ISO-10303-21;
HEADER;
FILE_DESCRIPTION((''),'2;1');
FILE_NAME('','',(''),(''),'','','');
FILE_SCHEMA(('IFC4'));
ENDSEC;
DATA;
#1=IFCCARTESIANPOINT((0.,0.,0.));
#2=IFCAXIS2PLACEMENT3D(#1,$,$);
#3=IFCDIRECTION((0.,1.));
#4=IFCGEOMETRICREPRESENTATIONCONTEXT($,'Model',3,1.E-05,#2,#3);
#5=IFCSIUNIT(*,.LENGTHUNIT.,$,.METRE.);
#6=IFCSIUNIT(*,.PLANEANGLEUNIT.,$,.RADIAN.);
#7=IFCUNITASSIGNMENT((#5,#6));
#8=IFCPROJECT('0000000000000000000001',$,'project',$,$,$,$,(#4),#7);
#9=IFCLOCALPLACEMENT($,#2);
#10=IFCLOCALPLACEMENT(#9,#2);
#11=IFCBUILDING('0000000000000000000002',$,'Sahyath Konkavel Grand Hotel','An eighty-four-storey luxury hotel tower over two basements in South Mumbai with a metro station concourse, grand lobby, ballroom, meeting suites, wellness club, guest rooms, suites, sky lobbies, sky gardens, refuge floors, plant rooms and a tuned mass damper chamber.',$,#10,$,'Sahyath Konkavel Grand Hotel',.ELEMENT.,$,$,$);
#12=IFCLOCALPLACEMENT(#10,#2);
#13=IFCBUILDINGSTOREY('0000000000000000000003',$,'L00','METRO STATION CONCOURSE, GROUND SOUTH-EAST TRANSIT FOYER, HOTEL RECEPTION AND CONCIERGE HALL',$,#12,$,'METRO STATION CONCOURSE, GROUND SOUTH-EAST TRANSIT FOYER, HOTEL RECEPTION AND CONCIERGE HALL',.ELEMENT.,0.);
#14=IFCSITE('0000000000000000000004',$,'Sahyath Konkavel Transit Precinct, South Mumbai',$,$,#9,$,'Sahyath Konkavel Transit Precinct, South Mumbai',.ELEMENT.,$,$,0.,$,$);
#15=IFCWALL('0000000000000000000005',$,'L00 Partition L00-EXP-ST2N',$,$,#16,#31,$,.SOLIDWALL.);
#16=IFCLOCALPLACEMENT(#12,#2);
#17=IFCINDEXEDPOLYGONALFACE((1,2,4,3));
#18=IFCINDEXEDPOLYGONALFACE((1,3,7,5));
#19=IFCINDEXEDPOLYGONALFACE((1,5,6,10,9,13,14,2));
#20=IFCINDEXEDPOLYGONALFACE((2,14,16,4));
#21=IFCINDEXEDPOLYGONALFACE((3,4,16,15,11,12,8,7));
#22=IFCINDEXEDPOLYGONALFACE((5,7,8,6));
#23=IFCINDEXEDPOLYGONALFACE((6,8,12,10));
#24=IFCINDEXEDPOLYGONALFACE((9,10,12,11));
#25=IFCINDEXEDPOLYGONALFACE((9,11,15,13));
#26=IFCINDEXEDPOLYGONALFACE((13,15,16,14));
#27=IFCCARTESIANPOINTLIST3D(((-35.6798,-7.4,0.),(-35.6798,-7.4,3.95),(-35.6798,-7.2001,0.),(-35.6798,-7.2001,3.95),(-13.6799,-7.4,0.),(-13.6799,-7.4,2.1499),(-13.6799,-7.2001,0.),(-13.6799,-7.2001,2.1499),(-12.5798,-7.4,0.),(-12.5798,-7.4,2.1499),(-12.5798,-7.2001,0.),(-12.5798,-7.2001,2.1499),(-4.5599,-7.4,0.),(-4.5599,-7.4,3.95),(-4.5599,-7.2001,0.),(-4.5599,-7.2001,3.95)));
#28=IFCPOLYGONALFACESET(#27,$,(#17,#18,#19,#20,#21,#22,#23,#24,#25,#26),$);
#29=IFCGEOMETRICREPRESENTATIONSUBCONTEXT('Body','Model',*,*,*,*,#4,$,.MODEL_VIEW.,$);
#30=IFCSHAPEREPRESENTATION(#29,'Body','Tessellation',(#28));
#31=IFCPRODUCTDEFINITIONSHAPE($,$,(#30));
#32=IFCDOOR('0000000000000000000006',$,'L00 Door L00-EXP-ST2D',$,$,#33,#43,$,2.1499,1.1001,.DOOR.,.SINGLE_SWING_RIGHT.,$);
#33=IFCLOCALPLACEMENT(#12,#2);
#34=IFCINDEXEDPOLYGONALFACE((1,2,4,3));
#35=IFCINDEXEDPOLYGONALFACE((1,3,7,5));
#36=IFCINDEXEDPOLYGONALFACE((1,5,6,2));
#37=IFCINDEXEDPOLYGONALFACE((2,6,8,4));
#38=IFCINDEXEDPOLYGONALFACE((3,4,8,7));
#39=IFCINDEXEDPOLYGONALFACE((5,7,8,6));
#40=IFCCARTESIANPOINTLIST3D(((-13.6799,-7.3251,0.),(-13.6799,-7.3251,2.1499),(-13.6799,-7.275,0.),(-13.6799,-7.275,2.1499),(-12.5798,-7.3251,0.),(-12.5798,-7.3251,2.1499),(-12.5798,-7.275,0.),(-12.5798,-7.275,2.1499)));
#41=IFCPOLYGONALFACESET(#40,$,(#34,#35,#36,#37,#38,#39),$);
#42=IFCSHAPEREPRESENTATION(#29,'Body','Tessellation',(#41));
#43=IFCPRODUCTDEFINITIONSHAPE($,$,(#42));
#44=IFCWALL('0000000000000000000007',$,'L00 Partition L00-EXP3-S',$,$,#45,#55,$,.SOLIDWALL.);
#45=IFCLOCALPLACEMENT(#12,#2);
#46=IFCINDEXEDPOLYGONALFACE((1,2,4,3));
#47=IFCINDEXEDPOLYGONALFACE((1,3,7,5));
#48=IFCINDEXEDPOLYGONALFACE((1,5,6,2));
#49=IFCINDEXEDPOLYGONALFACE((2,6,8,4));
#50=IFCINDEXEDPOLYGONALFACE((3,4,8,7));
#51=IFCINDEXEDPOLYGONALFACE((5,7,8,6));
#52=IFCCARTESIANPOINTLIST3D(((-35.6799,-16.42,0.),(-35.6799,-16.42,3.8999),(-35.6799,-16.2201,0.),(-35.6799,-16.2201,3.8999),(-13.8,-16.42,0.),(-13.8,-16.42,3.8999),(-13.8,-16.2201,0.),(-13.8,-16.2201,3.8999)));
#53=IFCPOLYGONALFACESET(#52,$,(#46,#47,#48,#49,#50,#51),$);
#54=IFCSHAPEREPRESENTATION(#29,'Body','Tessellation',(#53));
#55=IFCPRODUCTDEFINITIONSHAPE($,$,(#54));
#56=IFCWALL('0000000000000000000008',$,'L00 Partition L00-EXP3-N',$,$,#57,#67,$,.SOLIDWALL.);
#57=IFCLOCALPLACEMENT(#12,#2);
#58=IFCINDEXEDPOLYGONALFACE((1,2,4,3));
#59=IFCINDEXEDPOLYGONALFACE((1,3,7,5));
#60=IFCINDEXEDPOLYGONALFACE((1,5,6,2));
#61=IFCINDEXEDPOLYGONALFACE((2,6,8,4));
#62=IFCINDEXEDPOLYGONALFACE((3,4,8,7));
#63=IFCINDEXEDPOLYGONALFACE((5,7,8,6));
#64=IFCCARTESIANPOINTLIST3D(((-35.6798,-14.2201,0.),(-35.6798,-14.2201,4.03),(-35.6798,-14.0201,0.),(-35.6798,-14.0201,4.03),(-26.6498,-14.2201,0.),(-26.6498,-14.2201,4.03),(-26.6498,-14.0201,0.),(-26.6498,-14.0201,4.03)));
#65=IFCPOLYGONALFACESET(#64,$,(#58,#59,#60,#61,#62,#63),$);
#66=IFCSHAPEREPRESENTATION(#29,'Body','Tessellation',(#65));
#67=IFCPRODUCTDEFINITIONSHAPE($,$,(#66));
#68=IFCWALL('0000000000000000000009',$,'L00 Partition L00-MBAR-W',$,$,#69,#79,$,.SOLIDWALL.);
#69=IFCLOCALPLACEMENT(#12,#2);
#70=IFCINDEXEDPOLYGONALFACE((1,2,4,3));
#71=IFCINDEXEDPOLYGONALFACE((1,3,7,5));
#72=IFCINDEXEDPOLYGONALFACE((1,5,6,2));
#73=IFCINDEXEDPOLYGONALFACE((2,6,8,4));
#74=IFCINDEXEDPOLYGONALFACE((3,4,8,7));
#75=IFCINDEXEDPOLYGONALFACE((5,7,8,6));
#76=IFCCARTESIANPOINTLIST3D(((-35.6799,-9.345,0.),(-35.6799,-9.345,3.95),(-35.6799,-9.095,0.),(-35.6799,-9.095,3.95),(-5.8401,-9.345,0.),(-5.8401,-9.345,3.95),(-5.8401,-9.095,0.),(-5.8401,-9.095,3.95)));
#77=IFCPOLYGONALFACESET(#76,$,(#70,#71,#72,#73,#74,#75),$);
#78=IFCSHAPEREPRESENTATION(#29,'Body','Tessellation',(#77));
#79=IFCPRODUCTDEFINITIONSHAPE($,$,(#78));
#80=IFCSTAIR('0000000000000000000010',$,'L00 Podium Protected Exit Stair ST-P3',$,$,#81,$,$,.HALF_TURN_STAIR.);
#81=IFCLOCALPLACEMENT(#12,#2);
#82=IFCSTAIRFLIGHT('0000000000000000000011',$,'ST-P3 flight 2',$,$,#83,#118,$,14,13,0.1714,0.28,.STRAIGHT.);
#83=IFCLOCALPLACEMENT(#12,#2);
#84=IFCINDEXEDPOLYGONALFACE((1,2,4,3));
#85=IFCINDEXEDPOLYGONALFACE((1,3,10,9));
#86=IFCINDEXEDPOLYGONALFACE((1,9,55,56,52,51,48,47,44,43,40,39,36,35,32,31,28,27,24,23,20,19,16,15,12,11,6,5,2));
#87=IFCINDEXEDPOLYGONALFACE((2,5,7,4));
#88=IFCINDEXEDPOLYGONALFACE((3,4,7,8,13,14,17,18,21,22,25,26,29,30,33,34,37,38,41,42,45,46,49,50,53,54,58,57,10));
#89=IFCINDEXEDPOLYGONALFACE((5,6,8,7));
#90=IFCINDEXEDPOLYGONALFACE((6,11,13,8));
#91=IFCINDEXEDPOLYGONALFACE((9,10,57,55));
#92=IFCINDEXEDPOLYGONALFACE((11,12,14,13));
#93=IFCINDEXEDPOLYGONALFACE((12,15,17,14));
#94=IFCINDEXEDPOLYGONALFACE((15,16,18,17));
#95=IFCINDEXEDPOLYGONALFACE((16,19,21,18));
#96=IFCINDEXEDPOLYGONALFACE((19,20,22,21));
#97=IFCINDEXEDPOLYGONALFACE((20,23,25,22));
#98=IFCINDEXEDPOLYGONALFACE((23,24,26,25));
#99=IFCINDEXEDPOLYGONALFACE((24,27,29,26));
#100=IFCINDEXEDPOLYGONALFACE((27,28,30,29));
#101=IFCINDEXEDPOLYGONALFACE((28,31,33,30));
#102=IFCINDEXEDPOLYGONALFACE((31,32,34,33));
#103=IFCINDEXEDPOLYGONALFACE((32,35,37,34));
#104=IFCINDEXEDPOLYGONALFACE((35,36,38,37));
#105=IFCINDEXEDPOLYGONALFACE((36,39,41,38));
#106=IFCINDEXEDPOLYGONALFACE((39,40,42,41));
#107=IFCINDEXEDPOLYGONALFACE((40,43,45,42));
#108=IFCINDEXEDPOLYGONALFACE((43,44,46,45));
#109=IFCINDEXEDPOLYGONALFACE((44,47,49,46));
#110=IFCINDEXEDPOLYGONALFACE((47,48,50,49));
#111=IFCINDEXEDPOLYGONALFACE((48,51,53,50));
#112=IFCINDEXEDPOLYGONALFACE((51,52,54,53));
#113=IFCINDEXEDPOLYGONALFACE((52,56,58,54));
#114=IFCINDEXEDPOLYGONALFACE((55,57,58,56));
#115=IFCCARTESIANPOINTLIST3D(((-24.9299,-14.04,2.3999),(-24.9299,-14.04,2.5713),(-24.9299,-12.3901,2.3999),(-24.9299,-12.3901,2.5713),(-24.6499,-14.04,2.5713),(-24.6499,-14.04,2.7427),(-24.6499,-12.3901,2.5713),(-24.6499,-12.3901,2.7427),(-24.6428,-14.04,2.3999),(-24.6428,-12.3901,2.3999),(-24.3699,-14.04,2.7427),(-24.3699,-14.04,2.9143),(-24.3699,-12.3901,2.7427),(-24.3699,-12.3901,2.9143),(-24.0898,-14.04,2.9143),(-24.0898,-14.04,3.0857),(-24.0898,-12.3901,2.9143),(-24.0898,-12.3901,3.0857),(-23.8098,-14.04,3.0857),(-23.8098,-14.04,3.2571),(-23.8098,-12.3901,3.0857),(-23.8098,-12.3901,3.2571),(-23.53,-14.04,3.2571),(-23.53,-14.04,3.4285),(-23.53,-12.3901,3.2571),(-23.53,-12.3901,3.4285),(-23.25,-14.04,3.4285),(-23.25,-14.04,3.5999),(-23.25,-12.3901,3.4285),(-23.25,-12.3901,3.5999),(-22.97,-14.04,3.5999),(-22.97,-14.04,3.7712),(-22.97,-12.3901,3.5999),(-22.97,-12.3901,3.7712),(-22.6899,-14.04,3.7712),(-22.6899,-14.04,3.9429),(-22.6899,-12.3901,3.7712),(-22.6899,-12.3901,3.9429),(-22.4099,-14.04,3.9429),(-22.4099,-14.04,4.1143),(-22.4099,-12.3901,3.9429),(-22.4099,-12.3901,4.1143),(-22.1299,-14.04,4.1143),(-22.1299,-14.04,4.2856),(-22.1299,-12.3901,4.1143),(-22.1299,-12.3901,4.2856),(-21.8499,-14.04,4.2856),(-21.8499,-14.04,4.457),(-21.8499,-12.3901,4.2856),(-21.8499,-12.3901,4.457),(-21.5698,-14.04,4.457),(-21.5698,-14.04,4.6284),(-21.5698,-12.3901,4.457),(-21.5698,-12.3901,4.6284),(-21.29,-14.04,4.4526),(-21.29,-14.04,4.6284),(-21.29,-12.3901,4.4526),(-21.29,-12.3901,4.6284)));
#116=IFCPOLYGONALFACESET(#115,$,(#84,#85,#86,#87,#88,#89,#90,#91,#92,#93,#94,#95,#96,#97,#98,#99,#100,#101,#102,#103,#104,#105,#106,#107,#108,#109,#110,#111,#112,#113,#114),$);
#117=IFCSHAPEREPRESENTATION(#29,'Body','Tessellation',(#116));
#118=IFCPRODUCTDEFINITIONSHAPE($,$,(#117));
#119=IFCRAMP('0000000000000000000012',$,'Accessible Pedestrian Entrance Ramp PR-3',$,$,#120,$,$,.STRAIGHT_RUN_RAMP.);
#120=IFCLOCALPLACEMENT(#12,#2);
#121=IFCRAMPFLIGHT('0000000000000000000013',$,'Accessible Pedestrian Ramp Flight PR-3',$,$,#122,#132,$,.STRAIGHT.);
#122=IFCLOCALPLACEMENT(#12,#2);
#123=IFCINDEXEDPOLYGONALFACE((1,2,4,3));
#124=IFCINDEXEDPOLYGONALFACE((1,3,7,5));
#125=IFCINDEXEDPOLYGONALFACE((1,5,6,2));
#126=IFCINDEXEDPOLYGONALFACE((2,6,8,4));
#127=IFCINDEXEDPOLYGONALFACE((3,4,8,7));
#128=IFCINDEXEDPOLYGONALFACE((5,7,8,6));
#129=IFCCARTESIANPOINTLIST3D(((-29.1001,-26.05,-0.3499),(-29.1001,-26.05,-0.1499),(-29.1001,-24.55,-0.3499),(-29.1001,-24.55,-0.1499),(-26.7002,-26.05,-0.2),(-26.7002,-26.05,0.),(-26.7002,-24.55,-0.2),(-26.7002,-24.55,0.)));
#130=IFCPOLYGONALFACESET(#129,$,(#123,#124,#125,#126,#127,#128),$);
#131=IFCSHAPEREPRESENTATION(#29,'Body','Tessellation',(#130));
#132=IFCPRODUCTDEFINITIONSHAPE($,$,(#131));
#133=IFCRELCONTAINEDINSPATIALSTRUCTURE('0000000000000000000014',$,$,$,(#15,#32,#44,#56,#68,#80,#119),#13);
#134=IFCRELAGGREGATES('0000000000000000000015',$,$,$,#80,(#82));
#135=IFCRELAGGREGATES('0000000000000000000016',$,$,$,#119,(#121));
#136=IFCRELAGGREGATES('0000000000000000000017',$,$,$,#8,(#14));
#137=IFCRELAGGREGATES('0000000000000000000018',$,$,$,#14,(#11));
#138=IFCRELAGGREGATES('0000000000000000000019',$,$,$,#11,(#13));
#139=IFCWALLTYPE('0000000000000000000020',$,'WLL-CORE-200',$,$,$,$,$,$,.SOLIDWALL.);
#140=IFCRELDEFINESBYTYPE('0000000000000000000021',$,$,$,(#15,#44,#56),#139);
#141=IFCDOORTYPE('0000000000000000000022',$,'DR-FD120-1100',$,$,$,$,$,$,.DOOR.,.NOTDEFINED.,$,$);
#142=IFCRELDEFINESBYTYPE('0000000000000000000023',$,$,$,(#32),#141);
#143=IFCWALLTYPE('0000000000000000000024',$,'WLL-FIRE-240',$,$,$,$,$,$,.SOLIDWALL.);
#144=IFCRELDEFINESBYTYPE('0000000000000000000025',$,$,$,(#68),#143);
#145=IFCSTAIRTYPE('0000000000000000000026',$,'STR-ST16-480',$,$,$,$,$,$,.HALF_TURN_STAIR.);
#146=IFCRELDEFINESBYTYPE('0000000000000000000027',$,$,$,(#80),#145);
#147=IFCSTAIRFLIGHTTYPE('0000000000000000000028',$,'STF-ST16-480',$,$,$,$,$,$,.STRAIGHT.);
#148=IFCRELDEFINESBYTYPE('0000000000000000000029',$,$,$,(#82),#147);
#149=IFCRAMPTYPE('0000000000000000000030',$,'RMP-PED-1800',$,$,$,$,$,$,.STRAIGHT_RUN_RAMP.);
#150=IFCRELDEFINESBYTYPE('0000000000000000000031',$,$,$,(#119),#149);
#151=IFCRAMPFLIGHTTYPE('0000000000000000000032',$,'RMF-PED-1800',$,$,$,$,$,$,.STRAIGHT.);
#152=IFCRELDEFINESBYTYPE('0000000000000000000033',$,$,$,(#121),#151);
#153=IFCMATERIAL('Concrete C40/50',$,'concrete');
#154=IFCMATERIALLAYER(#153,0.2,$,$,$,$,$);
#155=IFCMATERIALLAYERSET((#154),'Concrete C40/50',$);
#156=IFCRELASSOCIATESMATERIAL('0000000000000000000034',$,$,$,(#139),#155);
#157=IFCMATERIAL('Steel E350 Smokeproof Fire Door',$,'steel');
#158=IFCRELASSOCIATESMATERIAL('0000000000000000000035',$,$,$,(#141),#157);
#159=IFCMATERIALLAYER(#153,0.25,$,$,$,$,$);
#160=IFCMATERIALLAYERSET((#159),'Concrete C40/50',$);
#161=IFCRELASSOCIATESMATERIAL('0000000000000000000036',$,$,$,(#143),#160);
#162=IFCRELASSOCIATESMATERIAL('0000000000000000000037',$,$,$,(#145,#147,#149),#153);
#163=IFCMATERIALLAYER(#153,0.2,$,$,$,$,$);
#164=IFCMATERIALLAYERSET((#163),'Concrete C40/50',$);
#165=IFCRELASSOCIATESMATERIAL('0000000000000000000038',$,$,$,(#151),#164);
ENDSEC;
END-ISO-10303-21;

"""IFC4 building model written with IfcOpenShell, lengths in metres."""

from ifc_helpers import new_model, si_unit, direction, frame, frame_2d, origin, origin_2d, place, context, subcontext, project, spatial, polyline, rectangle, outline, extrude, source, transform, mapped, material, layer, layer_set, type_object, element, fill, aggregate, save


model = new_model("IFC4")

# Units and contexts
model_context = context("Model", 3, precision=1e-05, world=origin(), true_north=direction((0.0, 1.0)))
body_context = subcontext(model_context, "Body", "Model", "MODEL_VIEW")
ifc_project = project(units=[si_unit("LENGTHUNIT", "METRE"), si_unit("PLANEANGLEUNIT", "RADIAN")], contexts=[model_context])

# Site, building, storey
site_placement = place(None, origin())
site = spatial("IfcSite", under=ifc_project, at=site_placement, Name="Sahyath Konkavel Transit Precinct, South Mumbai", LongName="Sahyath Konkavel Transit Precinct, South Mumbai", CompositionType="ELEMENT", RefElevation=0.0)
building_placement = place(site_placement, origin())
building = spatial("IfcBuilding", under=site, at=building_placement, Name="Sahyath Konkavel Grand Hotel", Description="An eighty-four-storey luxury hotel tower over two basements in South Mumbai with a metro station concourse, grand lobby, ballroom, meeting suites, wellness club, guest rooms, suites, sky lobbies, sky gardens, refuge floors, plant rooms and a tuned mass damper chamber.", LongName="Sahyath Konkavel Grand Hotel", CompositionType="ELEMENT")
storey_placement = place(building_placement, origin())
storey = spatial("IfcBuildingStorey", under=building, at=storey_placement, Name="L00", Description="METRO STATION CONCOURSE, GROUND SOUTH-EAST TRANSIT FOYER, HOTEL RECEPTION AND CONCIERGE HALL", LongName="METRO STATION CONCOURSE, GROUND SOUTH-EAST TRANSIT FOYER, HOTEL RECEPTION AND CONCIERGE HALL", CompositionType="ELEMENT", Elevation=0.0)

# Shared definitions
ifc_material_1 = material(Name="Concrete C40/50", Category="concrete")

# Wall, opening, door
ifc_layer_1 = layer(ifc_material_1, 0.2)
ifc_layer_set_1 = layer_set([ifc_layer_1], Name="Concrete C40/50")
wall_type_1 = type_object("IfcWallType", Name="WLL-CORE-200", PredefinedType="SOLIDWALL", material=ifc_layer_set_1)
wall_1_placement = place(storey_placement, frame((-35.6799, -7.3, 0.0), z_axis=(0.0, 0.0, 1.0), x_axis=(1.0, 0.0, 0.0)))
wall_1 = element("IfcWall", 1, at=wall_1_placement, inside=storey, type_object=wall_type_1, Name="L00 Partition L00-EXP-ST2N", PredefinedType="SOLIDWALL", context=body_context, shape_type="SweptSolid", body=[
    extrude(rectangle(XDim=31.1199, YDim=0.2, at=frame_2d((15.5601, 0.0))), origin(), (0.0, 0.0, 1.0), 3.95),
])
opening_1_placement = place(wall_1_placement, frame((22.0, 0.0, 0.0)))
opening_1 = element("IfcOpeningElement", 2, at=opening_1_placement, cuts=wall_1, PredefinedType="OPENING", context=body_context, shape_type="SweptSolid", body=[
    extrude(rectangle(XDim=1.1001, YDim=2.1499, at=frame_2d((0.55, 1.075))), frame((0.0, 0.1099, 0.0), z_axis=(0.0, -1.0, 0.0), x_axis=(1.0, 0.0, 0.0)), (0.0, 0.0, 1.0), 0.22),
])
ifc_material_2 = material(Name="Steel E350 Smokeproof Fire Door", Category="steel")
door_type_1 = type_object("IfcDoorType", Name="DR-FD120-1100", OperationType="NOTDEFINED", PredefinedType="DOOR", material=ifc_material_2)
shared_shape_1 = source(origin(), body_context, "Body", "SweptSolid", [
    extrude(rectangle(XDim=1.1001, YDim=0.05, at=origin_2d()), origin(), (0.0, 0.0, 1.0), 2.1499),
])
door_1_placement = place(opening_1_placement, frame((0.55, 0.0, 0.0)))
door_1 = element("IfcDoor", 3, at=door_1_placement, inside=storey, type_object=door_type_1, Name="L00 Door L00-EXP-ST2D", OperationType="SINGLE_SWING_RIGHT", OverallHeight=2.1499, OverallWidth=1.1001, PredefinedType="DOOR", context=body_context, shape_type="MappedRepresentation", body=[
    mapped(shared_shape_1, transform((0.0, 0.0, 0.0), scale=1.0)),
])
fill(opening_1, door_1)

# Walls
wall_2_placement = place(storey_placement, frame((-35.6799, -16.3201, 0.0), z_axis=(0.0, 0.0, 1.0), x_axis=(1.0, 0.0, 0.0)))
element("IfcWall", 4, at=wall_2_placement, inside=storey, type_object=wall_type_1, Name="L00 Partition L00-EXP3-S", PredefinedType="SOLIDWALL", context=body_context, shape_type="SweptSolid", body=[
    extrude(rectangle(XDim=21.8799, YDim=0.2, at=frame_2d((10.9399, 0.0))), origin(), (0.0, 0.0, 1.0), 3.8999),
])
wall_3_placement = place(storey_placement, frame((-35.6799, -14.1201, 0.0), z_axis=(0.0, 0.0, 1.0), x_axis=(1.0, 0.0, 0.0)))
element("IfcWall", 5, at=wall_3_placement, inside=storey, type_object=wall_type_1, Name="L00 Partition L00-EXP3-N", PredefinedType="SOLIDWALL", context=body_context, shape_type="SweptSolid", body=[
    extrude(rectangle(XDim=9.03, YDim=0.2, at=frame_2d((4.5151, 0.0))), origin(), (0.0, 0.0, 1.0), 4.03),
])
ifc_layer_2 = layer(ifc_material_1, 0.25)
ifc_layer_set_2 = layer_set([ifc_layer_2], Name="Concrete C40/50")
wall_type_2 = type_object("IfcWallType", Name="WLL-FIRE-240", PredefinedType="SOLIDWALL", material=ifc_layer_set_2)
wall_4_placement = place(storey_placement, frame((-35.6799, -9.22, 0.0), z_axis=(0.0, 0.0, 1.0), x_axis=(1.0, 0.0, 0.0)))
element("IfcWall", 6, at=wall_4_placement, inside=storey, type_object=wall_type_2, Name="L00 Partition L00-MBAR-W", PredefinedType="SOLIDWALL", context=body_context, shape_type="SweptSolid", body=[
    extrude(rectangle(XDim=29.8398, YDim=0.25, at=frame_2d((14.9199, 0.0))), origin(), (0.0, 0.0, 1.0), 3.95),
])

# Stair, stair flight
stair_type = type_object("IfcStairType", Name="STR-ST16-480", PredefinedType="HALF_TURN_STAIR", material=ifc_material_1)
stair_placement = place(storey_placement, origin())
stair = element("IfcStair", 7, at=stair_placement, inside=storey, type_object=stair_type, Name="L00 Podium Protected Exit Stair ST-P3", PredefinedType="HALF_TURN_STAIR")
stair_flight_type = type_object("IfcStairFlightType", Name="STF-ST16-480", PredefinedType="STRAIGHT", material=ifc_material_1)
stair_flight_placement = place(storey_placement, frame((-24.9299, -13.2151, 2.3999), z_axis=(0.0, 0.0, 1.0), x_axis=(1.0, 0.0, 0.0)))
stair_flight = element("IfcStairFlight", 8, at=stair_flight_placement, type_object=stair_flight_type, Name="ST-P3 flight 2", NumberOfRisers=14, NumberOfTreads=13, PredefinedType="STRAIGHT", RiserHeight=0.1714, TreadLength=0.28, context=body_context, shape_type="SweptSolid", body=[
    extrude(outline(polyline([(0.0, 0.0), (0.0, 0.1714), (0.28, 0.1714), (0.28, 0.3428), (0.5601, 0.3428), (0.5601, 0.5144), (0.8401, 0.5144), (0.8401, 0.6858), (1.1201, 0.6858), (1.1201, 0.8572), (1.3999, 0.8572), (1.3999, 1.0286), (1.6799, 1.0286), (1.6799, 1.2), (1.96, 1.2), (1.96, 1.3713), (2.24, 1.3713), (2.24, 1.543), (2.52, 1.543), (2.52, 1.7144), (2.8, 1.7144), (2.8, 1.8857), (3.0801, 1.8857), (3.0801, 2.0571), (3.3601, 2.0571), (3.3601, 2.2285), (3.6399, 2.2285), (3.6399, 2.3999), (3.6399, 2.0527), (0.2871, 0.0), (0.0, 0.0)])), frame((0.0, 0.825, 0.0), z_axis=(0.0, -1.0, 0.0), x_axis=(1.0, 0.0, 0.0)), (0.0, 0.0, 1.0), 1.6499),
])
aggregate(stair, [stair_flight])

# Ramp, ramp flight
ramp_type = type_object("IfcRampType", Name="RMP-PED-1800", PredefinedType="STRAIGHT_RUN_RAMP", material=ifc_material_1)
ramp_placement = place(storey_placement, origin())
ramp = element("IfcRamp", 9, at=ramp_placement, inside=storey, type_object=ramp_type, Name="Accessible Pedestrian Entrance Ramp PR-3", PredefinedType="STRAIGHT_RUN_RAMP")
ifc_layer_3 = layer(ifc_material_1, 0.2)
ifc_layer_set_3 = layer_set([ifc_layer_3], Name="Concrete C40/50")
ramp_flight_type = type_object("IfcRampFlightType", Name="RMF-PED-1800", PredefinedType="STRAIGHT", material=ifc_layer_set_3)
ramp_flight_placement = place(storey_placement, frame((-29.1001, -25.3, -0.1499), z_axis=(0.0, 0.0, 1.0), x_axis=(1.0, 0.0, 0.0)))
ramp_flight = element("IfcRampFlight", 10, at=ramp_flight_placement, type_object=ramp_flight_type, Name="Accessible Pedestrian Ramp Flight PR-3", PredefinedType="STRAIGHT", context=body_context, shape_type="SweptSolid", body=[
    extrude(outline(polyline([(0.0, 0.0), (0.0, -0.2), (2.3999, -0.05), (2.3999, 0.1499), (0.0, 0.0)])), frame((0.0, 0.75, 0.0), z_axis=(0.0, -1.0, 0.0), x_axis=(1.0, 0.0, 0.0)), (0.0, 0.0, 1.0), 1.5),
])
aggregate(ramp, [ramp_flight])

save(model, "model.ifc")
